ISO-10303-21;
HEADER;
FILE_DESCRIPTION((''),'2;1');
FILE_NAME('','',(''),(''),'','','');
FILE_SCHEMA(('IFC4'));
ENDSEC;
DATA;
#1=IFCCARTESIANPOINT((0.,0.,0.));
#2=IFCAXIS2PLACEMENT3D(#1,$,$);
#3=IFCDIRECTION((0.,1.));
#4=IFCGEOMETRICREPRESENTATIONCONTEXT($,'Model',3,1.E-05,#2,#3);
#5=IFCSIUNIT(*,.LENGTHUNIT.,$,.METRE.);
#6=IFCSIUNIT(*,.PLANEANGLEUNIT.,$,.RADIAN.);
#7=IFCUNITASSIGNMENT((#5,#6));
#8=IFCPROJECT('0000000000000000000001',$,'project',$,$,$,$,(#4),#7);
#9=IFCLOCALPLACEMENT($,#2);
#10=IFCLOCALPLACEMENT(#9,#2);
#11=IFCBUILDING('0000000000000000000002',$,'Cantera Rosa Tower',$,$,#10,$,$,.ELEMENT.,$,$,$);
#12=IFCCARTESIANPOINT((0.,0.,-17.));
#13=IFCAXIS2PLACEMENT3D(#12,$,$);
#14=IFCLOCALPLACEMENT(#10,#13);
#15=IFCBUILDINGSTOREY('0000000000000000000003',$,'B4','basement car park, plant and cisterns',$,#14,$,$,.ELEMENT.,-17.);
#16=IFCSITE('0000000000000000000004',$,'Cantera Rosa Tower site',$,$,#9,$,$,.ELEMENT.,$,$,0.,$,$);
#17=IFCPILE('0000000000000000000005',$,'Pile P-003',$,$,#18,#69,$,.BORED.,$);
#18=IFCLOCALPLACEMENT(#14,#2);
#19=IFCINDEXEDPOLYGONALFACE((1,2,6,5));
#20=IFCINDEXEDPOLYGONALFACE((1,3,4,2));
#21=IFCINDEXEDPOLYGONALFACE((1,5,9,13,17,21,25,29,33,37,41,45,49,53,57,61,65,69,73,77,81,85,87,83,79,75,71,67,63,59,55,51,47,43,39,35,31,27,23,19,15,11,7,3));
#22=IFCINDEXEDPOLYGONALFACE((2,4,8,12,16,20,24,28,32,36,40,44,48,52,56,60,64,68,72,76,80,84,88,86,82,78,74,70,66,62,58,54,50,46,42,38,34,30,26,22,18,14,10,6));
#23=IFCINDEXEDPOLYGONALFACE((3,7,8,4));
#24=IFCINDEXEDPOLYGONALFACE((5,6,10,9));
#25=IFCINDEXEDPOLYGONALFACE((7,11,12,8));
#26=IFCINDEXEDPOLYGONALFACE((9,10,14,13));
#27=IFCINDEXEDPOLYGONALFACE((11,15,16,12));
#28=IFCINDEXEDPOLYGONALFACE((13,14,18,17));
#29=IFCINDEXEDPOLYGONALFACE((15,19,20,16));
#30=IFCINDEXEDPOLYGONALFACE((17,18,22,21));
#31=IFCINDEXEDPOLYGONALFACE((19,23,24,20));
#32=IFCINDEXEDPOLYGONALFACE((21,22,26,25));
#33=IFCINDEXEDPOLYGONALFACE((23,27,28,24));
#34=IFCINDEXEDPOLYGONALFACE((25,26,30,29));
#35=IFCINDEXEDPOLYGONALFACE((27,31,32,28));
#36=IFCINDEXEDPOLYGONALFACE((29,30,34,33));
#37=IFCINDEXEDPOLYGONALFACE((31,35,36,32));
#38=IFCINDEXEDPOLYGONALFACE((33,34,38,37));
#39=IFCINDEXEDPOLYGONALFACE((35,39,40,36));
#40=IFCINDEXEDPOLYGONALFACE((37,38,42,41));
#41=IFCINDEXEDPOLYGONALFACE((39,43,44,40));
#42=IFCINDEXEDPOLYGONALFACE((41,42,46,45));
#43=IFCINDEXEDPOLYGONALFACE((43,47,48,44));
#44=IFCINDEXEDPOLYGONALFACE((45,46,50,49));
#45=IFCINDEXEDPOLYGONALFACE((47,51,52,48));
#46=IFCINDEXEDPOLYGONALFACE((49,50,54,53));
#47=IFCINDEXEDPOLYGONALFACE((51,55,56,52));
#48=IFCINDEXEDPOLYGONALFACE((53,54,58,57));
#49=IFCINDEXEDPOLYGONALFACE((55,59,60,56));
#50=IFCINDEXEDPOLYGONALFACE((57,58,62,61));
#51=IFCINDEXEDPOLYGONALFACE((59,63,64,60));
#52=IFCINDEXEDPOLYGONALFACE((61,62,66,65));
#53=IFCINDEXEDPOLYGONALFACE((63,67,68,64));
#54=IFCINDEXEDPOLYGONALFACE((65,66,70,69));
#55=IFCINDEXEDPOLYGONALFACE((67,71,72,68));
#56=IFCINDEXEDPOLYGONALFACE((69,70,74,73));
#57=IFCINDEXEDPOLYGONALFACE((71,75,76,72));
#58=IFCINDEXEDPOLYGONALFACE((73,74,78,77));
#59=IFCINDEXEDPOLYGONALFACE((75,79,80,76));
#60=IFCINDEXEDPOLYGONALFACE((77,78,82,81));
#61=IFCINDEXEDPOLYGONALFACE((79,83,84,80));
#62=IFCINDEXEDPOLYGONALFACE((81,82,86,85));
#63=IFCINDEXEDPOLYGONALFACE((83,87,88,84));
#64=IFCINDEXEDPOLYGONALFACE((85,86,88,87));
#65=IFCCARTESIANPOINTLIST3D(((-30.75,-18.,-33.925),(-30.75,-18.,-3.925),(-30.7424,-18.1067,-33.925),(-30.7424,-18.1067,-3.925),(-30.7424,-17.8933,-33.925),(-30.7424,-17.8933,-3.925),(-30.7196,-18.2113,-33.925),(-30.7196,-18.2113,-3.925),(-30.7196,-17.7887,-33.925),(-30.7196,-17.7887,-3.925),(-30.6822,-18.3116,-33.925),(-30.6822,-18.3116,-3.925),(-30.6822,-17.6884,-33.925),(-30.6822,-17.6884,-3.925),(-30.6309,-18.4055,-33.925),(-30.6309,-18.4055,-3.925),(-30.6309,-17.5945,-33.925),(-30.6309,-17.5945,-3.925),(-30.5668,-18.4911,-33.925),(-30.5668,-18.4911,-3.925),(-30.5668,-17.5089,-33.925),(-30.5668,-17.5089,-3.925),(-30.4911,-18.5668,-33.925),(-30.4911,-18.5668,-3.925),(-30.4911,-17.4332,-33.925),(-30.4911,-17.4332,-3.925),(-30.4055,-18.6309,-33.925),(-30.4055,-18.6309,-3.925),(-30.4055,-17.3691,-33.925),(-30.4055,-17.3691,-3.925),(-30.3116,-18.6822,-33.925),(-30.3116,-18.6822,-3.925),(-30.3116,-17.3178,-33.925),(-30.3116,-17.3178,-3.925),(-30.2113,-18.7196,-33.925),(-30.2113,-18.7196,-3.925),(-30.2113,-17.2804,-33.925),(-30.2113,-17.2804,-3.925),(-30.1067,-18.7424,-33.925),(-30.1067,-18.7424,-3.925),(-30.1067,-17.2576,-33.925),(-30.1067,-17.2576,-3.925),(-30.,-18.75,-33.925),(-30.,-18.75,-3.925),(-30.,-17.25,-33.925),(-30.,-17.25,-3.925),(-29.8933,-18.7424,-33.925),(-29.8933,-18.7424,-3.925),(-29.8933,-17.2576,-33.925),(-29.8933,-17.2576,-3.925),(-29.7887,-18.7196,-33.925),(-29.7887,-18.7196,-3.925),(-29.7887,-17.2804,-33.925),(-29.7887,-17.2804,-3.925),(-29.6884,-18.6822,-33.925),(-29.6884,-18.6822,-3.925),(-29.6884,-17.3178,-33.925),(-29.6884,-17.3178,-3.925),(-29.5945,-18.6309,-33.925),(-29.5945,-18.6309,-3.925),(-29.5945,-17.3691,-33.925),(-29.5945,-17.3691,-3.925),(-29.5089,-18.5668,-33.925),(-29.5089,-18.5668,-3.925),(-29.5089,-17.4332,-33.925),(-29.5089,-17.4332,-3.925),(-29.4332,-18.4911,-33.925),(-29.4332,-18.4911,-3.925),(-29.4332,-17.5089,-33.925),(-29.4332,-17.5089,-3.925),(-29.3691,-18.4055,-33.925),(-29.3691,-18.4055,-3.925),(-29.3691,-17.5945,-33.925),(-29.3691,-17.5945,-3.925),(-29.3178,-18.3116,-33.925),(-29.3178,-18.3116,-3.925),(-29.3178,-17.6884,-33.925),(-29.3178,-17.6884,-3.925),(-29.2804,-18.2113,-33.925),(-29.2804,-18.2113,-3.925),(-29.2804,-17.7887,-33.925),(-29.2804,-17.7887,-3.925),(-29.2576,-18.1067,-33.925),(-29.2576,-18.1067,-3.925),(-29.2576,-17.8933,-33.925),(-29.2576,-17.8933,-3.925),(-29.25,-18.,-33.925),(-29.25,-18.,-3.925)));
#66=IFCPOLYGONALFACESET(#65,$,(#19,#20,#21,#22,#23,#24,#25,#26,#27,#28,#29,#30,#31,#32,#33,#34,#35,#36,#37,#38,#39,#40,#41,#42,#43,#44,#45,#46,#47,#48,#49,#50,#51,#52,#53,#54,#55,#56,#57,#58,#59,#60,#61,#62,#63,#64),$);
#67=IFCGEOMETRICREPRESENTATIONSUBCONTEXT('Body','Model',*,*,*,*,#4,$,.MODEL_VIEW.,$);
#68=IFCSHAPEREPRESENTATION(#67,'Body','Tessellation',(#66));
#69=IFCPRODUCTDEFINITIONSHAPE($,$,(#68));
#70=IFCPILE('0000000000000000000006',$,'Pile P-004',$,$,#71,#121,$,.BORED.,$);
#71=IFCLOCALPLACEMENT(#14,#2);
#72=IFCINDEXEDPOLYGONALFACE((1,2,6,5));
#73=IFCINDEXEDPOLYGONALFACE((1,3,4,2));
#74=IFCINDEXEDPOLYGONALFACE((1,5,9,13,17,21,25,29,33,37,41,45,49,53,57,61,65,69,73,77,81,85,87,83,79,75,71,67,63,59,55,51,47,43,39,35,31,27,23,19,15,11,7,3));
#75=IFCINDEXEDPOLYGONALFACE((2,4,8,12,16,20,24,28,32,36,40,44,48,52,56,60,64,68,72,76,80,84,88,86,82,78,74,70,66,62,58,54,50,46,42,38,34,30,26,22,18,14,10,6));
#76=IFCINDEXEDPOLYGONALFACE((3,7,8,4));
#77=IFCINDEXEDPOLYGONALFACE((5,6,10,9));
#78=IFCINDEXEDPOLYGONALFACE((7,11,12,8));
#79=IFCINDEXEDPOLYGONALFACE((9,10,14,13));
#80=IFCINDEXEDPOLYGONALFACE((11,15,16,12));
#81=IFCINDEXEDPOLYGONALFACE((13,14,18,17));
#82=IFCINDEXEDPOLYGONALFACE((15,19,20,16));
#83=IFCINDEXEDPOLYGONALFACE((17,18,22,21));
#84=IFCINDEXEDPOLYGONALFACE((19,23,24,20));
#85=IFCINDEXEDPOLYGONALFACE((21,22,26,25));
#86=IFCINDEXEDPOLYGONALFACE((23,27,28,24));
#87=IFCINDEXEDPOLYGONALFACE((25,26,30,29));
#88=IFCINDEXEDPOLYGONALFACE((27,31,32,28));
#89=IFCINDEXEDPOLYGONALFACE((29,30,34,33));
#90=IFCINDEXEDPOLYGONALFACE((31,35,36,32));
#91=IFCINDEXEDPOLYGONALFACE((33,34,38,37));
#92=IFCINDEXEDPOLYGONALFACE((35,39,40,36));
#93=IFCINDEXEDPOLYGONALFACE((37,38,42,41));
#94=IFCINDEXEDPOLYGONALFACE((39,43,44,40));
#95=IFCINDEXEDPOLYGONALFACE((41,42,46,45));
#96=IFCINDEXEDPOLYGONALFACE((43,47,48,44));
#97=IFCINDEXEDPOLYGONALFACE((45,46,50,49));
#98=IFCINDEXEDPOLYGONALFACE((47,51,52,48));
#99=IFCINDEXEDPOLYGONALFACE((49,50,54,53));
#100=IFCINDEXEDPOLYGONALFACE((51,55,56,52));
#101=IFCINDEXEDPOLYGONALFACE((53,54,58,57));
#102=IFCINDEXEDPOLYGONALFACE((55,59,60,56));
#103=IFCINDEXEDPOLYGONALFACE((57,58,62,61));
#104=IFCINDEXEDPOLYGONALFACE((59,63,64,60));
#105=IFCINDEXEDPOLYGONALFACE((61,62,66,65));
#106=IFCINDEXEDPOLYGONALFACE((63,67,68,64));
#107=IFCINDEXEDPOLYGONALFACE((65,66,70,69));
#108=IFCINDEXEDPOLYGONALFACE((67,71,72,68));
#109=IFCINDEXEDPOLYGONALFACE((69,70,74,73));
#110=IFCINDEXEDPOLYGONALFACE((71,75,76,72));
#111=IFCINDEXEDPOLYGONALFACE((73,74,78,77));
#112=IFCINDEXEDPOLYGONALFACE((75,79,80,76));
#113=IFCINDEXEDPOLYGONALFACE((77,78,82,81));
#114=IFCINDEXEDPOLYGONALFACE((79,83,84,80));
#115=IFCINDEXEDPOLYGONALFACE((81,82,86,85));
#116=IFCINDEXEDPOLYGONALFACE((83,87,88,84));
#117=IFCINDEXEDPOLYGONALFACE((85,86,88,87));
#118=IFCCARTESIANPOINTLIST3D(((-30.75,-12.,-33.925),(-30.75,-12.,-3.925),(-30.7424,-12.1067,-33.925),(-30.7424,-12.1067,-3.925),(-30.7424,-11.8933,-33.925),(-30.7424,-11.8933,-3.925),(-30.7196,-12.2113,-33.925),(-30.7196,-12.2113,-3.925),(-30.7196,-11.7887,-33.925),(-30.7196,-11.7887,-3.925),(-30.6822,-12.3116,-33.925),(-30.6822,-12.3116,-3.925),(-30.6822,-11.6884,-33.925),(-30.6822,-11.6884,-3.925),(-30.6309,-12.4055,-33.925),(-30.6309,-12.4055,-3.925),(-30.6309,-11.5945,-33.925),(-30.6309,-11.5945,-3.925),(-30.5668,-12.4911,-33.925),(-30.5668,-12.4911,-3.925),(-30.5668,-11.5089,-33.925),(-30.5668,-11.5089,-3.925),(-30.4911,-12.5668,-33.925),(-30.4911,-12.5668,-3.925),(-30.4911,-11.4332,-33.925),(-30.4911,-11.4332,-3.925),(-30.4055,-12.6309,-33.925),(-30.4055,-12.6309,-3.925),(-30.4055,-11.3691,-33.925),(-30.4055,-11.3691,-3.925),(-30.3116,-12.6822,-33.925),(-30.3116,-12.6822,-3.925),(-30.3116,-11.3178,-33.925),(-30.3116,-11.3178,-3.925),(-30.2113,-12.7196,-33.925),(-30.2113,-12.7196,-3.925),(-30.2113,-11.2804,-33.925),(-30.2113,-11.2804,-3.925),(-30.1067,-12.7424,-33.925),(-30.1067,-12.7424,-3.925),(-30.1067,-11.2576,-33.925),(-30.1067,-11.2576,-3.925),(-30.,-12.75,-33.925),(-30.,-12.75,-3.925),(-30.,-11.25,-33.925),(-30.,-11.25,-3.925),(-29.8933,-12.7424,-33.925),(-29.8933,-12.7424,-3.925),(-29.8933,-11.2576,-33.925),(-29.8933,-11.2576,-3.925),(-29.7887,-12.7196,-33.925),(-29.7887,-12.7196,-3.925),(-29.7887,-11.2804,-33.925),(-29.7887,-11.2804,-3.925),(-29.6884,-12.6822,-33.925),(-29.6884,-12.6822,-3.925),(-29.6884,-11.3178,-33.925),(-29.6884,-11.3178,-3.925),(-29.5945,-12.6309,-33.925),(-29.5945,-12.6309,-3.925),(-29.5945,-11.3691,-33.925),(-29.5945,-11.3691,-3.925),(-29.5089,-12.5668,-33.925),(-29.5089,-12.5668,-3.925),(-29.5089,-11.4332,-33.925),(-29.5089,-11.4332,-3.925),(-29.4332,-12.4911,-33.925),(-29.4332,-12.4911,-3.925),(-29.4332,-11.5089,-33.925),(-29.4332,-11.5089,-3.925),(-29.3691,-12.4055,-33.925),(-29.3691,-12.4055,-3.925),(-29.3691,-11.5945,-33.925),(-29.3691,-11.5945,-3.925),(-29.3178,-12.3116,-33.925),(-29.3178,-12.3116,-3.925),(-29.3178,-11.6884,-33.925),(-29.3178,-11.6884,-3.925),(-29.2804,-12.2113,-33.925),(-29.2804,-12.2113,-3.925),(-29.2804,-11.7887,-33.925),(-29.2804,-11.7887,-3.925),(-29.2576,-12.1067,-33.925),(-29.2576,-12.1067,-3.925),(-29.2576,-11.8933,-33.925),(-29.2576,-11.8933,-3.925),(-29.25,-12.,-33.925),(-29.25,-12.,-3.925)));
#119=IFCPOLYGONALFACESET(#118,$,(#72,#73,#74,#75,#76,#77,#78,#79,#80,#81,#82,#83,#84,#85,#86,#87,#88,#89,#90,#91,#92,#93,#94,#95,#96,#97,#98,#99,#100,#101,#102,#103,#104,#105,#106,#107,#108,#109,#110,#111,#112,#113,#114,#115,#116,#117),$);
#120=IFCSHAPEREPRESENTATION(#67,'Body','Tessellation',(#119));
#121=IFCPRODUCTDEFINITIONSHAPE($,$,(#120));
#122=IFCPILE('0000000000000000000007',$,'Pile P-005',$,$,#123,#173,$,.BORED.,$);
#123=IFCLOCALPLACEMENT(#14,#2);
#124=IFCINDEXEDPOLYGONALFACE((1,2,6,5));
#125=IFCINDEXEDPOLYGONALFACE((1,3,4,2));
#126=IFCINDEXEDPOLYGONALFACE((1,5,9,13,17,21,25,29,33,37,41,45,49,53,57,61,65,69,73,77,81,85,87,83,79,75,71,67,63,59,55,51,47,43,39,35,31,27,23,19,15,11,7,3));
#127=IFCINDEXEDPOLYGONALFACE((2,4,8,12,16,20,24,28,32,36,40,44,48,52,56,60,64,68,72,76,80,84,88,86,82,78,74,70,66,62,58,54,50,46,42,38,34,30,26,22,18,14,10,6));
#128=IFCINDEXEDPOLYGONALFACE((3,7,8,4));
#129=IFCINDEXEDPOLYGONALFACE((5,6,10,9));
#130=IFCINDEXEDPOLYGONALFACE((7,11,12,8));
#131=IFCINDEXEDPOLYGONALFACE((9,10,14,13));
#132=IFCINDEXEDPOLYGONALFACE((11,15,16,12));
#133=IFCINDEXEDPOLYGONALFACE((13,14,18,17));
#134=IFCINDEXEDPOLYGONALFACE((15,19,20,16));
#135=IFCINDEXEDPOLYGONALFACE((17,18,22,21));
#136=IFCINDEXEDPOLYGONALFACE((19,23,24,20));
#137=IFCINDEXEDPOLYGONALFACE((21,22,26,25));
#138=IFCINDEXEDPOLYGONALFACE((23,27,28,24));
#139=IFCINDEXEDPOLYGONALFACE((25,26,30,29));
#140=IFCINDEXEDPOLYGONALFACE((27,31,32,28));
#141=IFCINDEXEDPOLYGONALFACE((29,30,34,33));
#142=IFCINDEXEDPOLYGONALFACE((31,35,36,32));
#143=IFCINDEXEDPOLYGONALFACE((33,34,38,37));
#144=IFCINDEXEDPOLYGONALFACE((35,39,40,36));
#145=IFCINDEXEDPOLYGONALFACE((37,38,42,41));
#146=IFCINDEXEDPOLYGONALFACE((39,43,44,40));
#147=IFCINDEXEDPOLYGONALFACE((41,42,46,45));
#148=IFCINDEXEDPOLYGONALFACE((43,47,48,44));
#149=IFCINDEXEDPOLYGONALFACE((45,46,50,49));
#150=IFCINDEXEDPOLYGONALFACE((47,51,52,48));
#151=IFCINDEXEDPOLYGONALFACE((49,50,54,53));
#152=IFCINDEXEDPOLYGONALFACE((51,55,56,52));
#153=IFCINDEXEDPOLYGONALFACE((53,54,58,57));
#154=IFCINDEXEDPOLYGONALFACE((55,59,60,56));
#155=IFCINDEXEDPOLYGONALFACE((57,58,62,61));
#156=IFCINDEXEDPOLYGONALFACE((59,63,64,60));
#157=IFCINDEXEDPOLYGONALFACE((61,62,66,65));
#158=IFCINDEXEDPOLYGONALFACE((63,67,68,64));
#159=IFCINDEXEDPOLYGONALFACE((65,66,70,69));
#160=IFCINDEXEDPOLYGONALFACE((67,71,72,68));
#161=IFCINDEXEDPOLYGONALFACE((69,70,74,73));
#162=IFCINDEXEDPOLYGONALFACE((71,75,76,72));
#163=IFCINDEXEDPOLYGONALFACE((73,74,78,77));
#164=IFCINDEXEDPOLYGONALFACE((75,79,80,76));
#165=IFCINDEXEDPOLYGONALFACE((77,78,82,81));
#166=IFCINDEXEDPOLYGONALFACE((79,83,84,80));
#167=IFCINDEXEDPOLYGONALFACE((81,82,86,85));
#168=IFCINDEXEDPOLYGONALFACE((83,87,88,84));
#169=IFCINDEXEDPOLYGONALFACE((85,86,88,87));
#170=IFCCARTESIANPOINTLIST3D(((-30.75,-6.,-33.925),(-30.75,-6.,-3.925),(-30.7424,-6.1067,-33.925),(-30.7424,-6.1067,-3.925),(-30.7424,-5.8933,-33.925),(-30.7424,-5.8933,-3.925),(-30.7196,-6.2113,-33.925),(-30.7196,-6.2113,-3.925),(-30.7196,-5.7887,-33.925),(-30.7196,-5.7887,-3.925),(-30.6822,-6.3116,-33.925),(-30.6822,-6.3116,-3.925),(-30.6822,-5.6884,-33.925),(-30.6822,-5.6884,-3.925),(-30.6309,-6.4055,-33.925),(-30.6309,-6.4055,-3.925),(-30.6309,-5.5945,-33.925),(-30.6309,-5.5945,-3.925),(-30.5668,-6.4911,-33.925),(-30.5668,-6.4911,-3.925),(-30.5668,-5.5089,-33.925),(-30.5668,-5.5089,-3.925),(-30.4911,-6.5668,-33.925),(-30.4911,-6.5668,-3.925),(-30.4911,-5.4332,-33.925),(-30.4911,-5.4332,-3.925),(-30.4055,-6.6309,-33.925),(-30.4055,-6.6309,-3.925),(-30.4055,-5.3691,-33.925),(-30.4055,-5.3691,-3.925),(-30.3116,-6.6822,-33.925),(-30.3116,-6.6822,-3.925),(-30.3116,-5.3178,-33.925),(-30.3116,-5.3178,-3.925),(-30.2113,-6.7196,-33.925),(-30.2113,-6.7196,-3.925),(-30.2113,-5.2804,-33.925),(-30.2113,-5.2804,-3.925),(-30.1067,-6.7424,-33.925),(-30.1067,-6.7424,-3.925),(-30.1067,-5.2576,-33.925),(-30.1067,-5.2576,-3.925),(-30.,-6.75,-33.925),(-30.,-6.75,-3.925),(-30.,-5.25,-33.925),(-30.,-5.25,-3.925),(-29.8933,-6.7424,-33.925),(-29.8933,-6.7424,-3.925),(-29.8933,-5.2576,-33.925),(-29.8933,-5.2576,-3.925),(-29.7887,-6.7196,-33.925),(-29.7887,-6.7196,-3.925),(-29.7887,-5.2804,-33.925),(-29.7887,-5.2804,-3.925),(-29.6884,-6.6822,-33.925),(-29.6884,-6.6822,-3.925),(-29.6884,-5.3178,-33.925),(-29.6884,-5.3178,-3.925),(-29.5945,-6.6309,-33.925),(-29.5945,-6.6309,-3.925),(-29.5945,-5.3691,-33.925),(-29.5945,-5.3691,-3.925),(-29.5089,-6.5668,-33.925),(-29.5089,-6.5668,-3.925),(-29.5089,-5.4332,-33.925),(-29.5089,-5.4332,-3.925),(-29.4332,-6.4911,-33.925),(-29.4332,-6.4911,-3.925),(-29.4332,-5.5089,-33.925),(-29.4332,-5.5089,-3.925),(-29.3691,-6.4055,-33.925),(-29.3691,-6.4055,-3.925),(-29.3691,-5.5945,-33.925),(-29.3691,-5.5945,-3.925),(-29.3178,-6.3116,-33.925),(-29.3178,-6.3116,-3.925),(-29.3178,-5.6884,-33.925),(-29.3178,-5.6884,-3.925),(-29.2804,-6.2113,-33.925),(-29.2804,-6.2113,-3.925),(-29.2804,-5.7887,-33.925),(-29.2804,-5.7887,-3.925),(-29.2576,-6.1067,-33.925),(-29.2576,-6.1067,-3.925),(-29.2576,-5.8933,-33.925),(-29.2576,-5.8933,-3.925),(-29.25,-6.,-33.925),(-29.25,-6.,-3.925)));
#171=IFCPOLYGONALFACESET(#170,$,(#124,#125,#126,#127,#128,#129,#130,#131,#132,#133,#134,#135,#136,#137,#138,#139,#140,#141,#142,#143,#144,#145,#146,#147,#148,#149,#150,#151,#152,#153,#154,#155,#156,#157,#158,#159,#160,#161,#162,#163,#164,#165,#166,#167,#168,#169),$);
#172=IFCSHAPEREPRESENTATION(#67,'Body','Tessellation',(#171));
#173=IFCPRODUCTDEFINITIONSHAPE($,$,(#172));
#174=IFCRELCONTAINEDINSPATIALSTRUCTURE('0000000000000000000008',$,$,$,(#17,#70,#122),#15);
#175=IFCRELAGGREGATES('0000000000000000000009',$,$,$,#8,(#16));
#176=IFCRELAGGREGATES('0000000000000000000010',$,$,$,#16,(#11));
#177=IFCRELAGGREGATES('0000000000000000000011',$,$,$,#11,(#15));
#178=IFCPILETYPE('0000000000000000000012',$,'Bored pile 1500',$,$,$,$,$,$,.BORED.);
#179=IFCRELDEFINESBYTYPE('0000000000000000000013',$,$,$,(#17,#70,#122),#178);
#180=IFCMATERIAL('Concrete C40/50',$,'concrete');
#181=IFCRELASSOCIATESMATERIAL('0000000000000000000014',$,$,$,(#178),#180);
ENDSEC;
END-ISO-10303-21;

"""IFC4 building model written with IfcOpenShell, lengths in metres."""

from ifc_helpers import new_model, si_unit, direction, frame, origin, origin_2d, place, context, subcontext, project, spatial, circle, extrude, material, material_profile, profile_set, type_object, element, save


model = new_model("IFC4")

# Units and contexts
model_context = context("Model", 3, precision=1e-05, world=origin(), true_north=direction((0.0, 1.0)))
body_context = subcontext(model_context, "Body", "Model", "MODEL_VIEW")
ifc_project = project(units=[si_unit("LENGTHUNIT", "METRE"), si_unit("PLANEANGLEUNIT", "RADIAN")], contexts=[model_context])

# Site, building, storey
site_placement = place(None, origin())
site = spatial("IfcSite", under=ifc_project, at=site_placement, Name="Cantera Rosa Tower site", CompositionType="ELEMENT", RefElevation=0.0)
building_placement = place(site_placement, origin())
building = spatial("IfcBuilding", under=site, at=building_placement, Name="Cantera Rosa Tower", CompositionType="ELEMENT")
storey_placement = place(building_placement, frame((0.0, 0.0, -17.0)))
storey = spatial("IfcBuildingStorey", under=building, at=storey_placement, Name="B4", Description="basement car park, plant and cisterns", CompositionType="ELEMENT", Elevation=-17.0)

# Piles
ifc_material_1 = material(Name="Concrete C40/50", Category="concrete")
ifc_material_profile_1 = material_profile(ifc_material_1, circle(Radius=0.75, at=origin_2d()), Name="Bored pile 1500")
ifc_profile_set_1 = profile_set([ifc_material_profile_1], Name="Concrete C40/50")
pile_type = type_object("IfcPileType", Name="Bored pile 1500", PredefinedType="BORED", material=ifc_profile_set_1)
for number, where, z_axis, x_axis, name in (
    (1, (-30.0, -18.0, -3.925), (0.0, 0.0, -1.0), (1.0, 0.0, 0.0), "Pile P-003"),
    (2, (-30.0, -12.0, -3.925), (0.0, 0.0, -1.0), (1.0, 0.0, 0.0), "Pile P-004"),
    (3, (-30.0, -6.0, -3.925), (0.0, 0.0, -1.0), (1.0, 0.0, 0.0), "Pile P-005"),
):
    element("IfcPile", number, at=place(storey_placement, frame(where, z_axis=z_axis, x_axis=x_axis)), inside=storey, type_object=pile_type, Name=name, PredefinedType="BORED", context=body_context, shape_type="SweptSolid", body=[
        extrude(circle(Radius=0.75, at=origin_2d()), origin(), (0.0, 0.0, 1.0), 30.0),
    ])

save(model, "model.ifc")
